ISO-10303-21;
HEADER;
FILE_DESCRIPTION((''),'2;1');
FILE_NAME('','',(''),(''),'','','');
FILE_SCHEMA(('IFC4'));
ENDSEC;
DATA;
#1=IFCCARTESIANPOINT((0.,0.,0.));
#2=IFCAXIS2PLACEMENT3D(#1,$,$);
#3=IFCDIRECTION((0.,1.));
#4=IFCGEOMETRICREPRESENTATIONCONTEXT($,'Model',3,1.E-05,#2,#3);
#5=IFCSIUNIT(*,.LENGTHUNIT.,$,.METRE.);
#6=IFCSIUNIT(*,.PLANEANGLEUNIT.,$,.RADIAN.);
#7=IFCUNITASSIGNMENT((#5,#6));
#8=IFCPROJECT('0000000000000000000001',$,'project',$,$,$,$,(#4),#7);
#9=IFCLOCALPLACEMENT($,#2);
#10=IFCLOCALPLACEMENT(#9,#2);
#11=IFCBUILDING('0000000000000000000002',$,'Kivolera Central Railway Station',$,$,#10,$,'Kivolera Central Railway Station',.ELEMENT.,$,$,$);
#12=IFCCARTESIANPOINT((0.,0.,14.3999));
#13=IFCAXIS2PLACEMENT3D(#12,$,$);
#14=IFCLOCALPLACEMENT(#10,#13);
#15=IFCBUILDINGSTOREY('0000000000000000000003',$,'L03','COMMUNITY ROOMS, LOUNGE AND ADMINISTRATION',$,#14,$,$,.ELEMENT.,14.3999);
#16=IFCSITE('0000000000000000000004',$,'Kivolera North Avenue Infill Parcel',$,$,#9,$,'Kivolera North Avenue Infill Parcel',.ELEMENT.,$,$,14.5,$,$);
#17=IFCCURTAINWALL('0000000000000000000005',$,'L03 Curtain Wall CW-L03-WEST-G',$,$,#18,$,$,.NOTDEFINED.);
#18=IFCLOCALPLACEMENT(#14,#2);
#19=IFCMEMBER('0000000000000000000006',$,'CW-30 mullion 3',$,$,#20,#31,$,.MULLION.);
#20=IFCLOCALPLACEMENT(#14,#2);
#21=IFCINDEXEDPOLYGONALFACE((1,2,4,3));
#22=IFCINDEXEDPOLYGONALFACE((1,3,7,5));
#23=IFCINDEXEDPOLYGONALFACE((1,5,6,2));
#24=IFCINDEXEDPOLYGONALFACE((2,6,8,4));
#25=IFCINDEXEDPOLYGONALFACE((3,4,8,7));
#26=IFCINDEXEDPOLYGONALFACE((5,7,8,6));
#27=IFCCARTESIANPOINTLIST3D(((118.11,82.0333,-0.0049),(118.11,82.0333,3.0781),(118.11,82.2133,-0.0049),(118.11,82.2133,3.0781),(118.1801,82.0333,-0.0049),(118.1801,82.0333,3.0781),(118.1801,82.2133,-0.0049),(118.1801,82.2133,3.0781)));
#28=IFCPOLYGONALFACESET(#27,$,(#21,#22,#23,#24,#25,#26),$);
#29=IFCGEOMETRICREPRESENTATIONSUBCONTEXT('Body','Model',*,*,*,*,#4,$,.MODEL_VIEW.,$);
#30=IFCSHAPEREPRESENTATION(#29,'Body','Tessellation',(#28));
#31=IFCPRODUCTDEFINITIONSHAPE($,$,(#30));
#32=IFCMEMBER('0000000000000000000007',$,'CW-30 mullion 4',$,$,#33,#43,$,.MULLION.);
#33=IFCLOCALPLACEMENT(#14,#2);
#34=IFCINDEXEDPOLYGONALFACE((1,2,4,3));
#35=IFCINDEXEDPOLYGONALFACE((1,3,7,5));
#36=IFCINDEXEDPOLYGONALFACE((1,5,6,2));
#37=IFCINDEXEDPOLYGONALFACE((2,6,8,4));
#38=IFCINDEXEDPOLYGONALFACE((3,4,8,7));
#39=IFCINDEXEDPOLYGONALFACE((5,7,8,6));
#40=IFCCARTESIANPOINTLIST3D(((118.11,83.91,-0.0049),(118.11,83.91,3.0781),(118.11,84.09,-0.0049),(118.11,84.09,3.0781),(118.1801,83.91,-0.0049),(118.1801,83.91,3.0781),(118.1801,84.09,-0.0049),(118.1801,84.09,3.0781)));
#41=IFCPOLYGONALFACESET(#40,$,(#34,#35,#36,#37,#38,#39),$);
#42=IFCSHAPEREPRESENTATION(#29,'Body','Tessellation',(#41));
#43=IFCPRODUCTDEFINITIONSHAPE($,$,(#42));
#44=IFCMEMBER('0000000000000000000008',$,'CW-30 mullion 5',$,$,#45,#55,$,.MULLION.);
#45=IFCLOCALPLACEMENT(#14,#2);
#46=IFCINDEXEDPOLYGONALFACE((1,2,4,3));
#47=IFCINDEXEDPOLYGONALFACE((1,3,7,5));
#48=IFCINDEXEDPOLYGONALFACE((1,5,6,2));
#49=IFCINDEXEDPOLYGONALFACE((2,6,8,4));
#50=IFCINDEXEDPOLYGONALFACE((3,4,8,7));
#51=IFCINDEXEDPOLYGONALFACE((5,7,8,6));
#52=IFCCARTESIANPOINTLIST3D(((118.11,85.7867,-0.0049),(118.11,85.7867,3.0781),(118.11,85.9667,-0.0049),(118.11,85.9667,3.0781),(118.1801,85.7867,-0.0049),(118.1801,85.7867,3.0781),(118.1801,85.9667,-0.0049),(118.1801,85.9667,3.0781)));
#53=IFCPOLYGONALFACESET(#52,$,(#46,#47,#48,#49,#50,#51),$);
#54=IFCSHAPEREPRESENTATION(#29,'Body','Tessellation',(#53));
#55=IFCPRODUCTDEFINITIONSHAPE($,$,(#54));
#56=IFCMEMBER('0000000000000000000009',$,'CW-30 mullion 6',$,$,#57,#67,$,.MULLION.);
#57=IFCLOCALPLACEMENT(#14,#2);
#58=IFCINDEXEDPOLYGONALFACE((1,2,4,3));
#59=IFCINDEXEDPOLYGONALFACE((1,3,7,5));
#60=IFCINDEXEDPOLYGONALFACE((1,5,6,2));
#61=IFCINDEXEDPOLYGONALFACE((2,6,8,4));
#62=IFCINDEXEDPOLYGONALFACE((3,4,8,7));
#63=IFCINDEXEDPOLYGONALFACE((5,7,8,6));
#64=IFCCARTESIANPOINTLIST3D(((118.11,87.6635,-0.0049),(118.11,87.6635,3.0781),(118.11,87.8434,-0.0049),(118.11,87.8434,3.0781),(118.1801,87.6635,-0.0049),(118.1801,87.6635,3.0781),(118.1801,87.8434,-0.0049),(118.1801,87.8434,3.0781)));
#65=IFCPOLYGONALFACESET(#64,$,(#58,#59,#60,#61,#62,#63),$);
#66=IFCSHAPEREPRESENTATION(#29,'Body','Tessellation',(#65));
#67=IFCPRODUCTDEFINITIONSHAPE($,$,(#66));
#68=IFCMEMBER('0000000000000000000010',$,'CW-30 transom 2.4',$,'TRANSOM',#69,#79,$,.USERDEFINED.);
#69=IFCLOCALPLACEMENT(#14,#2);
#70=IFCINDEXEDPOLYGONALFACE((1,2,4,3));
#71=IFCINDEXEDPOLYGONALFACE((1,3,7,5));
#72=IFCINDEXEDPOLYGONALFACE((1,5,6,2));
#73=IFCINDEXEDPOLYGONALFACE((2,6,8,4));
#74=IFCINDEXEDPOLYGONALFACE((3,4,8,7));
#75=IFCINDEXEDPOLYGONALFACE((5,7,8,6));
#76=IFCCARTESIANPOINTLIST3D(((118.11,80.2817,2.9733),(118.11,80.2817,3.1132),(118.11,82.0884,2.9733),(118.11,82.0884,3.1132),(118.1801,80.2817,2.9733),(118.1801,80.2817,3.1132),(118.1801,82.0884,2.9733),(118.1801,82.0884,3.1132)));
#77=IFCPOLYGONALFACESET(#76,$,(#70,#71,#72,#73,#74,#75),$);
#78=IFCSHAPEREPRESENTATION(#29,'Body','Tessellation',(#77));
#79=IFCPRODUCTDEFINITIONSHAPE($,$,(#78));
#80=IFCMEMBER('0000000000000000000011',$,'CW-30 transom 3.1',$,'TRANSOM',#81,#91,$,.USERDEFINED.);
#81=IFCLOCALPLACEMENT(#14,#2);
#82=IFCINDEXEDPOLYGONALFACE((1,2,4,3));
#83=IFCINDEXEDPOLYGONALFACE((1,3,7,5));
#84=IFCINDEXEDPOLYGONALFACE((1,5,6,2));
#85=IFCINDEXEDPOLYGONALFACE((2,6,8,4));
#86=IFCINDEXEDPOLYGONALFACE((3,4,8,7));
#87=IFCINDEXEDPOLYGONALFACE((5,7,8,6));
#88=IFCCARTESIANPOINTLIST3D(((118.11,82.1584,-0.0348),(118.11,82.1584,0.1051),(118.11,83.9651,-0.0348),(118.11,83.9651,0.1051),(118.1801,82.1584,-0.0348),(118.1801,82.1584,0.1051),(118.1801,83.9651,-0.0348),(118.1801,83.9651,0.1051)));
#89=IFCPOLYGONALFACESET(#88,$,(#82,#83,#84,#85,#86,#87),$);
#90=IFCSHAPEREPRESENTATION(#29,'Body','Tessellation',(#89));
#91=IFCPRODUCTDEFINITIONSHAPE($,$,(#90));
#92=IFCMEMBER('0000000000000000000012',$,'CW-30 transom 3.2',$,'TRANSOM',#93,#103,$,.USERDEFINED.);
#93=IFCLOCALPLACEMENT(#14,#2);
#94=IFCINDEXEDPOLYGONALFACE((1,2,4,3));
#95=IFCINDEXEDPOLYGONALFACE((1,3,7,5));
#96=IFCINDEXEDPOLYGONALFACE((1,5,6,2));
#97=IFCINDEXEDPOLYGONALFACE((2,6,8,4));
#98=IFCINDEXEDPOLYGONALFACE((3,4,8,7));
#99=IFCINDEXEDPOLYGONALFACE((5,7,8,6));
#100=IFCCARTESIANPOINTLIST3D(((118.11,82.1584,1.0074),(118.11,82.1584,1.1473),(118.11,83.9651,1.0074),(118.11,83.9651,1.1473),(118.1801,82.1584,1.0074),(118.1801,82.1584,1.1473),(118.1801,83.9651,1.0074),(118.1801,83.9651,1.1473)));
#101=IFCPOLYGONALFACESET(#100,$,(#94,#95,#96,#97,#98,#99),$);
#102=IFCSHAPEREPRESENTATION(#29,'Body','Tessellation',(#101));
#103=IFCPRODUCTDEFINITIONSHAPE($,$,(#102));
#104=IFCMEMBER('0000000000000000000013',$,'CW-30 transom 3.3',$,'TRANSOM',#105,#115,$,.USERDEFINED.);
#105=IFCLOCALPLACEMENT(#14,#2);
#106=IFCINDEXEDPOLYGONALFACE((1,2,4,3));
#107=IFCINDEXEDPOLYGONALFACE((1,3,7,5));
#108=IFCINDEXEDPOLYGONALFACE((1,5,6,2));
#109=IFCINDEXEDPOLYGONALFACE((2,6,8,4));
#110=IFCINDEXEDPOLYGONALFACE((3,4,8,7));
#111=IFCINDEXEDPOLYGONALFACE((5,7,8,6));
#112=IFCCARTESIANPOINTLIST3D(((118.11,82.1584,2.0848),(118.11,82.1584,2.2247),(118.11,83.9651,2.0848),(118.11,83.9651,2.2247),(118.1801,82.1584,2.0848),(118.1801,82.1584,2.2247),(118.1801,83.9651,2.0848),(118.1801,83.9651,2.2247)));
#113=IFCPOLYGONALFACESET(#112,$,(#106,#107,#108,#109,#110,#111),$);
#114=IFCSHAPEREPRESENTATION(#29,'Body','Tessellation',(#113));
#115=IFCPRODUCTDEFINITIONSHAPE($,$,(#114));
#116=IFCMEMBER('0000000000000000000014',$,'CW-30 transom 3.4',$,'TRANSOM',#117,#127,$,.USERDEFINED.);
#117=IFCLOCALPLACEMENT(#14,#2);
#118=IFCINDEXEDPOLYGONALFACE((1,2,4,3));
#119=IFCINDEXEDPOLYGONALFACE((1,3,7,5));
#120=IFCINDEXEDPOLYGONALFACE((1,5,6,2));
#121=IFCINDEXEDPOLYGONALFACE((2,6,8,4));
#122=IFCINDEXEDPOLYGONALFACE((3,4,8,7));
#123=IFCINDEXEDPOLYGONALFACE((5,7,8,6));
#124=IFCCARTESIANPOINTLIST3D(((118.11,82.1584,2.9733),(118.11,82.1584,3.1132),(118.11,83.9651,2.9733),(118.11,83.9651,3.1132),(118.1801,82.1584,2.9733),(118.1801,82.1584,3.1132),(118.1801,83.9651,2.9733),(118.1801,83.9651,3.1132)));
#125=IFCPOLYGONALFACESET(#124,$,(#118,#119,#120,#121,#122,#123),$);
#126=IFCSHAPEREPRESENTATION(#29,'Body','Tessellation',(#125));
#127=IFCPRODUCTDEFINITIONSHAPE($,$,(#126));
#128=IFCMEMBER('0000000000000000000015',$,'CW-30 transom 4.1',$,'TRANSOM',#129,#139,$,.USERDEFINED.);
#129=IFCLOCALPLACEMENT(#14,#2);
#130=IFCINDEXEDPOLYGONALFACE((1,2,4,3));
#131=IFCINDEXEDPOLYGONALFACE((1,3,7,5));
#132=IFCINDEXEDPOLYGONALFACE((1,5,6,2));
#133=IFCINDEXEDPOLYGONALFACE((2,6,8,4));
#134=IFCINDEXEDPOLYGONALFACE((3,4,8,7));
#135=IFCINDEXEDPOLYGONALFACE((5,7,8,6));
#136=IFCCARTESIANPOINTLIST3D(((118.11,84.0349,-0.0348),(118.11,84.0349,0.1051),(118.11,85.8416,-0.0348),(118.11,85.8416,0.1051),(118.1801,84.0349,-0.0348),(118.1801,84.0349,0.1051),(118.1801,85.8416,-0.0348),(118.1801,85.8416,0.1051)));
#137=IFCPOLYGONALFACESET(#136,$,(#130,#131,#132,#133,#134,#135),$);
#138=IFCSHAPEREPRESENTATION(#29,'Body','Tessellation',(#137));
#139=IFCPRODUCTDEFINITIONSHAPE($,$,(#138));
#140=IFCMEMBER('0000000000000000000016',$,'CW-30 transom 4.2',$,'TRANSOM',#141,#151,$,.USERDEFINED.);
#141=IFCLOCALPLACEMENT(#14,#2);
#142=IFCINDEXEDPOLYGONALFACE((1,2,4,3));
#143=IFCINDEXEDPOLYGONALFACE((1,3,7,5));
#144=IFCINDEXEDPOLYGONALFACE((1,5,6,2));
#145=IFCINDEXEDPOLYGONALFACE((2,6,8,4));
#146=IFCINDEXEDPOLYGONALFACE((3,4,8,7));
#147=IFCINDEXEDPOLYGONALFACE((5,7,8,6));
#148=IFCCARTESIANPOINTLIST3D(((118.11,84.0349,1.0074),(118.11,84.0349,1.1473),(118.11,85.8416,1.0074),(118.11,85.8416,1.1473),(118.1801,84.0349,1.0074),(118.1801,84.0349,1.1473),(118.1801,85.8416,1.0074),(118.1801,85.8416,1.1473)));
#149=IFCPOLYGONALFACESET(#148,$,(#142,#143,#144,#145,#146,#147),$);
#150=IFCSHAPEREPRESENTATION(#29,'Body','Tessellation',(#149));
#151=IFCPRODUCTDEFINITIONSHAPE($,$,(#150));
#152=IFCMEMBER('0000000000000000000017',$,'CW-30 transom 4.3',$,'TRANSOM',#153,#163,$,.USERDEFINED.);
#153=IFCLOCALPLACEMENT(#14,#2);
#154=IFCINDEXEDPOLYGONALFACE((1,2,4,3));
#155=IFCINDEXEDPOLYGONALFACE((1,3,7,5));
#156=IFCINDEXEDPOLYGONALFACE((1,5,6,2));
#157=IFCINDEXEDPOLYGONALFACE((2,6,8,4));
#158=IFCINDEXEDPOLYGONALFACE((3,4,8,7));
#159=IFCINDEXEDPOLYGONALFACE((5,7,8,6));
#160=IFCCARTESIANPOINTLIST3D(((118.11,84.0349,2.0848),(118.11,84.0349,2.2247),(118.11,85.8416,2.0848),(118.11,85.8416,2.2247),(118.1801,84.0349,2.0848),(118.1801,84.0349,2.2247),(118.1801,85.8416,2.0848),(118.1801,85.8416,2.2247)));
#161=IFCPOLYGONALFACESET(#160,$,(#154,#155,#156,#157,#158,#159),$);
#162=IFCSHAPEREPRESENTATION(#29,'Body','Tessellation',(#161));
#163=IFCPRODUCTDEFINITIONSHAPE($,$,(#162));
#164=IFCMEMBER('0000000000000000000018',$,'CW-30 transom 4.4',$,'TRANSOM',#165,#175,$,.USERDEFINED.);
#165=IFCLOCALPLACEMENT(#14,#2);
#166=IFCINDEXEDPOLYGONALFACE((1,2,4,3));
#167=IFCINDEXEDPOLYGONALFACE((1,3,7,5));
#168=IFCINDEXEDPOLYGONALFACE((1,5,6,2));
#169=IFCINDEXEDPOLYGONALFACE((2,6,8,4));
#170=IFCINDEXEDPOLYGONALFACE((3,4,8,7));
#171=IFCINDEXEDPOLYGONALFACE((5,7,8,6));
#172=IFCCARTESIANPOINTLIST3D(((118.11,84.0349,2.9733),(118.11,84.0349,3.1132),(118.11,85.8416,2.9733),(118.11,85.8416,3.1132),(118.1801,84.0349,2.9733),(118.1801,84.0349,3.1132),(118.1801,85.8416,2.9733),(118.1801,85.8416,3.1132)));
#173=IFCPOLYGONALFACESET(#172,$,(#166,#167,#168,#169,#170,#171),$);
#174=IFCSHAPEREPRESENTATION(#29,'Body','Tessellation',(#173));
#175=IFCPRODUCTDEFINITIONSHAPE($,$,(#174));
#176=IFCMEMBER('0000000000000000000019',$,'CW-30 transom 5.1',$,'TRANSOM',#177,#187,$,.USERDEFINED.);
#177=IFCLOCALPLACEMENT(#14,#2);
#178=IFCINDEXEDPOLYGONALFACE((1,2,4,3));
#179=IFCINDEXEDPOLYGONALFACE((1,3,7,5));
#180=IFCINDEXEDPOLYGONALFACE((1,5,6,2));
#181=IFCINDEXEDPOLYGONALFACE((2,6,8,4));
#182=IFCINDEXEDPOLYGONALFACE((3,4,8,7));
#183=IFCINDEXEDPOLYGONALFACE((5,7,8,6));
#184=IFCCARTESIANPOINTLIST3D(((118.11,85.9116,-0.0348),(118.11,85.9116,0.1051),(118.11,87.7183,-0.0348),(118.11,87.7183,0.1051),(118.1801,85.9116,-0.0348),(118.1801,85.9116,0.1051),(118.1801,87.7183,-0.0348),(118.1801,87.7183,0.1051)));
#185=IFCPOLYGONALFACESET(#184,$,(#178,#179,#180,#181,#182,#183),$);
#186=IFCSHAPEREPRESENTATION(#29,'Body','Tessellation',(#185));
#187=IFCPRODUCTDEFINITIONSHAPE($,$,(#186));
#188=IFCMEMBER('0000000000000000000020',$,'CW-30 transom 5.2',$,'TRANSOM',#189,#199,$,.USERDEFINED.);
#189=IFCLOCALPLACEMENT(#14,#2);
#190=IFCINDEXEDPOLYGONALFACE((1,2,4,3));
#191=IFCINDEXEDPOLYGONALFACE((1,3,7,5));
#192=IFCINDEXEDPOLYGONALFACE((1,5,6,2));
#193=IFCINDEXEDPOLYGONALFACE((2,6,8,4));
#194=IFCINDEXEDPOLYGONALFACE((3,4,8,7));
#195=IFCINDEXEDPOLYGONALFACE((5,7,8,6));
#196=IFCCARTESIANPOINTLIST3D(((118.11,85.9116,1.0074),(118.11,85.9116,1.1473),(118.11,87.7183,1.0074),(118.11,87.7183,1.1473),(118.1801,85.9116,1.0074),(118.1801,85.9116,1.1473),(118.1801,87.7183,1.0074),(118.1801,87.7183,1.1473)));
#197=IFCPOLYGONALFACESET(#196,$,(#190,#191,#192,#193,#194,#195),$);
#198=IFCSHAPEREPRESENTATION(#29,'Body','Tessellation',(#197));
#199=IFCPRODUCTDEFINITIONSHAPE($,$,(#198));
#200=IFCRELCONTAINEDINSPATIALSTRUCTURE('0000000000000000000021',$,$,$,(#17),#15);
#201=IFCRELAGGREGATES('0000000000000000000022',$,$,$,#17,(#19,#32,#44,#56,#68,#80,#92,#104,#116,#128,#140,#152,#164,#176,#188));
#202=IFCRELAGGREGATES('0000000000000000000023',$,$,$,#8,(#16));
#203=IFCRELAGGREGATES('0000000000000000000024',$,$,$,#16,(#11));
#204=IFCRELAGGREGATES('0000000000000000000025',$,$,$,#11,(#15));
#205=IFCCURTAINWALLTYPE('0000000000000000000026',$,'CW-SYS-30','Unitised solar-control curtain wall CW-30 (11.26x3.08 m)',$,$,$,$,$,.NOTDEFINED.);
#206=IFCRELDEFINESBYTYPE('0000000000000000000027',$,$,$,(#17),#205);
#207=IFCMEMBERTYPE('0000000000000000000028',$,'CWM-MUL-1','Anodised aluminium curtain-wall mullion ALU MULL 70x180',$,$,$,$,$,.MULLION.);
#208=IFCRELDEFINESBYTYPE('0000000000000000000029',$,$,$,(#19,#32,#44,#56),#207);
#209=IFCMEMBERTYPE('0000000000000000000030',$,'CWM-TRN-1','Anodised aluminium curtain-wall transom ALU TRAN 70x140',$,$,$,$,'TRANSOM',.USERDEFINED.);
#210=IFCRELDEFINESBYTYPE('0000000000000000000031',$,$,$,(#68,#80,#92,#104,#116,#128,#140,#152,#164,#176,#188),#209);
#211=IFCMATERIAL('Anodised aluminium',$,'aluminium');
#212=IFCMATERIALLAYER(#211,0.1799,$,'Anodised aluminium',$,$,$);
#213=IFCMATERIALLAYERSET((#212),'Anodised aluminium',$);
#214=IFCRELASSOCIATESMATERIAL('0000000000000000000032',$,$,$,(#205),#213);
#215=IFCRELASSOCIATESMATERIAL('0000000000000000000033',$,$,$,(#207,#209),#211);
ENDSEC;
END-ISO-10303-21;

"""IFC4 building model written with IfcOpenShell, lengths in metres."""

from ifc_helpers import new_model, si_unit, direction, frame, origin, origin_2d, place, context, subcontext, project, spatial, rectangle, extrude, material, layer, layer_set, material_profile, profile_set, type_object, element, aggregate, save


model = new_model("IFC4")

# Units and contexts
model_context = context("Model", 3, precision=1e-05, world=origin(), true_north=direction((0.0, 1.0)))
body_context = subcontext(model_context, "Body", "Model", "MODEL_VIEW")
ifc_project = project(units=[si_unit("LENGTHUNIT", "METRE"), si_unit("PLANEANGLEUNIT", "RADIAN")], contexts=[model_context])

# Site, building, storey
site_placement = place(None, origin())
site = spatial("IfcSite", under=ifc_project, at=site_placement, Name="Kivolera North Avenue Infill Parcel", LongName="Kivolera North Avenue Infill Parcel", CompositionType="ELEMENT", RefElevation=14.5)
building_placement = place(site_placement, origin())
building = spatial("IfcBuilding", under=site, at=building_placement, Name="Kivolera Central Railway Station", LongName="Kivolera Central Railway Station", CompositionType="ELEMENT")
storey_placement = place(building_placement, frame((0.0, 0.0, 14.3999)))
storey = spatial("IfcBuildingStorey", under=building, at=storey_placement, Name="L03", Description="COMMUNITY ROOMS, LOUNGE AND ADMINISTRATION", CompositionType="ELEMENT", Elevation=14.3999)

# Curtain wall, members
ifc_material_1 = material(Name="Anodised aluminium", Category="aluminium")
ifc_layer_1 = layer(ifc_material_1, 0.1799, Name="Anodised aluminium")
ifc_layer_set_1 = layer_set([ifc_layer_1], Name="Anodised aluminium")
curtain_wall_type = type_object("IfcCurtainWallType", Name="CW-SYS-30", Description="Unitised solar-control curtain wall CW-30 (11.26x3.08 m)", PredefinedType="NOTDEFINED", material=ifc_layer_set_1)
curtain_wall_placement = place(storey_placement, origin())
curtain_wall = element("IfcCurtainWall", 1, at=curtain_wall_placement, inside=storey, type_object=curtain_wall_type, Name="L03 Curtain Wall CW-L03-WEST-G", PredefinedType="NOTDEFINED")
ifc_material_profile_1 = material_profile(ifc_material_1, rectangle(XDim=0.0701, YDim=0.1799, at=origin_2d()), Name="ALU MULL 70x180")
ifc_profile_set_1 = profile_set([ifc_material_profile_1], Name="Anodised aluminium")
member_type_1 = type_object("IfcMemberType", Name="CWM-MUL-1", Description="Anodised aluminium curtain-wall mullion ALU MULL 70x180", PredefinedType="MULLION", material=ifc_profile_set_1)
member_1_placement = place(storey_placement, frame((118.145, 82.1233, -0.0049), z_axis=(0.0, 0.0, 1.0), x_axis=(-1.0, 0.0, 0.0)))
member_1 = element("IfcMember", 2, at=member_1_placement, type_object=member_type_1, Name="CW-30 mullion 3", PredefinedType="MULLION", context=body_context, shape_type="SweptSolid", body=[
    extrude(rectangle(XDim=0.0701, YDim=0.1799, at=origin_2d()), origin(), (0.0, 0.0, 1.0), 3.083),
])
member_2_placement = place(storey_placement, frame((118.145, 84.0, -0.0049), z_axis=(0.0, 0.0, 1.0), x_axis=(-1.0, 0.0, 0.0)))
member_2 = element("IfcMember", 3, at=member_2_placement, type_object=member_type_1, Name="CW-30 mullion 4", PredefinedType="MULLION", context=body_context, shape_type="SweptSolid", body=[
    extrude(rectangle(XDim=0.0701, YDim=0.1799, at=origin_2d()), origin(), (0.0, 0.0, 1.0), 3.083),
])
member_3_placement = place(storey_placement, frame((118.145, 85.8767, -0.0049), z_axis=(0.0, 0.0, 1.0), x_axis=(-1.0, 0.0, 0.0)))
member_3 = element("IfcMember", 4, at=member_3_placement, type_object=member_type_1, Name="CW-30 mullion 5", PredefinedType="MULLION", context=body_context, shape_type="SweptSolid", body=[
    extrude(rectangle(XDim=0.0701, YDim=0.1799, at=origin_2d()), origin(), (0.0, 0.0, 1.0), 3.083),
])
member_4_placement = place(storey_placement, frame((118.145, 87.7534, -0.0049), z_axis=(0.0, 0.0, 1.0), x_axis=(-1.0, 0.0, 0.0)))
member_4 = element("IfcMember", 5, at=member_4_placement, type_object=member_type_1, Name="CW-30 mullion 6", PredefinedType="MULLION", context=body_context, shape_type="SweptSolid", body=[
    extrude(rectangle(XDim=0.0701, YDim=0.1799, at=origin_2d()), origin(), (0.0, 0.0, 1.0), 3.083),
])
ifc_material_profile_2 = material_profile(ifc_material_1, rectangle(XDim=0.0701, YDim=0.1399, at=origin_2d()), Name="ALU TRAN 70x140")
ifc_profile_set_2 = profile_set([ifc_material_profile_2], Name="Anodised aluminium")
member_type_2 = type_object("IfcMemberType", Name="CWM-TRN-1", Description="Anodised aluminium curtain-wall transom ALU TRAN 70x140", ElementType="TRANSOM", PredefinedType="USERDEFINED", material=ifc_profile_set_2)
member_5_placement = place(storey_placement, frame((118.145, 80.2817, 3.0432), z_axis=(0.0, 1.0, 0.0), x_axis=(-1.0, 0.0, 0.0)))
member_5 = element("IfcMember", 6, at=member_5_placement, type_object=member_type_2, Name="CW-30 transom 2.4", ObjectType="TRANSOM", PredefinedType="USERDEFINED", context=body_context, shape_type="SweptSolid", body=[
    extrude(rectangle(XDim=0.0701, YDim=0.1399, at=origin_2d()), origin(), (0.0, 0.0, 1.0), 1.8066),
])
member_6_placement = place(storey_placement, frame((118.145, 82.1584, 0.0352), z_axis=(0.0, 1.0, 0.0), x_axis=(-1.0, 0.0, 0.0)))
member_6 = element("IfcMember", 7, at=member_6_placement, type_object=member_type_2, Name="CW-30 transom 3.1", ObjectType="TRANSOM", PredefinedType="USERDEFINED", context=body_context, shape_type="SweptSolid", body=[
    extrude(rectangle(XDim=0.0701, YDim=0.1399, at=origin_2d()), origin(), (0.0, 0.0, 1.0), 1.8066),
])
member_7_placement = place(storey_placement, frame((118.145, 82.1584, 1.0774), z_axis=(0.0, 1.0, 0.0), x_axis=(-1.0, 0.0, 0.0)))
member_7 = element("IfcMember", 8, at=member_7_placement, type_object=member_type_2, Name="CW-30 transom 3.2", ObjectType="TRANSOM", PredefinedType="USERDEFINED", context=body_context, shape_type="SweptSolid", body=[
    extrude(rectangle(XDim=0.0701, YDim=0.1399, at=origin_2d()), origin(), (0.0, 0.0, 1.0), 1.8066),
])
member_8_placement = place(storey_placement, frame((118.145, 82.1584, 2.1548), z_axis=(0.0, 1.0, 0.0), x_axis=(-1.0, 0.0, 0.0)))
member_8 = element("IfcMember", 9, at=member_8_placement, type_object=member_type_2, Name="CW-30 transom 3.3", ObjectType="TRANSOM", PredefinedType="USERDEFINED", context=body_context, shape_type="SweptSolid", body=[
    extrude(rectangle(XDim=0.0701, YDim=0.1399, at=origin_2d()), origin(), (0.0, 0.0, 1.0), 1.8066),
])
member_9_placement = place(storey_placement, frame((118.145, 82.1584, 3.0432), z_axis=(0.0, 1.0, 0.0), x_axis=(-1.0, 0.0, 0.0)))
member_9 = element("IfcMember", 10, at=member_9_placement, type_object=member_type_2, Name="CW-30 transom 3.4", ObjectType="TRANSOM", PredefinedType="USERDEFINED", context=body_context, shape_type="SweptSolid", body=[
    extrude(rectangle(XDim=0.0701, YDim=0.1399, at=origin_2d()), origin(), (0.0, 0.0, 1.0), 1.8066),
])
member_10_placement = place(storey_placement, frame((118.145, 84.0349, 0.0352), z_axis=(0.0, 1.0, 0.0), x_axis=(-1.0, 0.0, 0.0)))
member_10 = element("IfcMember", 11, at=member_10_placement, type_object=member_type_2, Name="CW-30 transom 4.1", ObjectType="TRANSOM", PredefinedType="USERDEFINED", context=body_context, shape_type="SweptSolid", body=[
    extrude(rectangle(XDim=0.0701, YDim=0.1399, at=origin_2d()), origin(), (0.0, 0.0, 1.0), 1.8066),
])
member_11_placement = place(storey_placement, frame((118.145, 84.0349, 1.0774), z_axis=(0.0, 1.0, 0.0), x_axis=(-1.0, 0.0, 0.0)))
member_11 = element("IfcMember", 12, at=member_11_placement, type_object=member_type_2, Name="CW-30 transom 4.2", ObjectType="TRANSOM", PredefinedType="USERDEFINED", context=body_context, shape_type="SweptSolid", body=[
    extrude(rectangle(XDim=0.0701, YDim=0.1399, at=origin_2d()), origin(), (0.0, 0.0, 1.0), 1.8066),
])
member_12_placement = place(storey_placement, frame((118.145, 84.0349, 2.1548), z_axis=(0.0, 1.0, 0.0), x_axis=(-1.0, 0.0, 0.0)))
member_12 = element("IfcMember", 13, at=member_12_placement, type_object=member_type_2, Name="CW-30 transom 4.3", ObjectType="TRANSOM", PredefinedType="USERDEFINED", context=body_context, shape_type="SweptSolid", body=[
    extrude(rectangle(XDim=0.0701, YDim=0.1399, at=origin_2d()), origin(), (0.0, 0.0, 1.0), 1.8066),
])
member_13_placement = place(storey_placement, frame((118.145, 84.0349, 3.0432), z_axis=(0.0, 1.0, 0.0), x_axis=(-1.0, 0.0, 0.0)))
member_13 = element("IfcMember", 14, at=member_13_placement, type_object=member_type_2, Name="CW-30 transom 4.4", ObjectType="TRANSOM", PredefinedType="USERDEFINED", context=body_context, shape_type="SweptSolid", body=[
    extrude(rectangle(XDim=0.0701, YDim=0.1399, at=origin_2d()), origin(), (0.0, 0.0, 1.0), 1.8066),
])
member_14_placement = place(storey_placement, frame((118.145, 85.9116, 0.0352), z_axis=(0.0, 1.0, 0.0), x_axis=(-1.0, 0.0, 0.0)))
member_14 = element("IfcMember", 15, at=member_14_placement, type_object=member_type_2, Name="CW-30 transom 5.1", ObjectType="TRANSOM", PredefinedType="USERDEFINED", context=body_context, shape_type="SweptSolid", body=[
    extrude(rectangle(XDim=0.0701, YDim=0.1399, at=origin_2d()), origin(), (0.0, 0.0, 1.0), 1.8066),
])
member_15_placement = place(storey_placement, frame((118.145, 85.9116, 1.0774), z_axis=(0.0, 1.0, 0.0), x_axis=(-1.0, 0.0, 0.0)))
member_15 = element("IfcMember", 16, at=member_15_placement, type_object=member_type_2, Name="CW-30 transom 5.2", ObjectType="TRANSOM", PredefinedType="USERDEFINED", context=body_context, shape_type="SweptSolid", body=[
    extrude(rectangle(XDim=0.0701, YDim=0.1399, at=origin_2d()), origin(), (0.0, 0.0, 1.0), 1.8066),
])
aggregate(curtain_wall, [member_1, member_2, member_3, member_4, member_5, member_6, member_7, member_8, member_9, member_10, member_11, member_12, member_13, member_14, member_15])

save(model, "model.ifc")
